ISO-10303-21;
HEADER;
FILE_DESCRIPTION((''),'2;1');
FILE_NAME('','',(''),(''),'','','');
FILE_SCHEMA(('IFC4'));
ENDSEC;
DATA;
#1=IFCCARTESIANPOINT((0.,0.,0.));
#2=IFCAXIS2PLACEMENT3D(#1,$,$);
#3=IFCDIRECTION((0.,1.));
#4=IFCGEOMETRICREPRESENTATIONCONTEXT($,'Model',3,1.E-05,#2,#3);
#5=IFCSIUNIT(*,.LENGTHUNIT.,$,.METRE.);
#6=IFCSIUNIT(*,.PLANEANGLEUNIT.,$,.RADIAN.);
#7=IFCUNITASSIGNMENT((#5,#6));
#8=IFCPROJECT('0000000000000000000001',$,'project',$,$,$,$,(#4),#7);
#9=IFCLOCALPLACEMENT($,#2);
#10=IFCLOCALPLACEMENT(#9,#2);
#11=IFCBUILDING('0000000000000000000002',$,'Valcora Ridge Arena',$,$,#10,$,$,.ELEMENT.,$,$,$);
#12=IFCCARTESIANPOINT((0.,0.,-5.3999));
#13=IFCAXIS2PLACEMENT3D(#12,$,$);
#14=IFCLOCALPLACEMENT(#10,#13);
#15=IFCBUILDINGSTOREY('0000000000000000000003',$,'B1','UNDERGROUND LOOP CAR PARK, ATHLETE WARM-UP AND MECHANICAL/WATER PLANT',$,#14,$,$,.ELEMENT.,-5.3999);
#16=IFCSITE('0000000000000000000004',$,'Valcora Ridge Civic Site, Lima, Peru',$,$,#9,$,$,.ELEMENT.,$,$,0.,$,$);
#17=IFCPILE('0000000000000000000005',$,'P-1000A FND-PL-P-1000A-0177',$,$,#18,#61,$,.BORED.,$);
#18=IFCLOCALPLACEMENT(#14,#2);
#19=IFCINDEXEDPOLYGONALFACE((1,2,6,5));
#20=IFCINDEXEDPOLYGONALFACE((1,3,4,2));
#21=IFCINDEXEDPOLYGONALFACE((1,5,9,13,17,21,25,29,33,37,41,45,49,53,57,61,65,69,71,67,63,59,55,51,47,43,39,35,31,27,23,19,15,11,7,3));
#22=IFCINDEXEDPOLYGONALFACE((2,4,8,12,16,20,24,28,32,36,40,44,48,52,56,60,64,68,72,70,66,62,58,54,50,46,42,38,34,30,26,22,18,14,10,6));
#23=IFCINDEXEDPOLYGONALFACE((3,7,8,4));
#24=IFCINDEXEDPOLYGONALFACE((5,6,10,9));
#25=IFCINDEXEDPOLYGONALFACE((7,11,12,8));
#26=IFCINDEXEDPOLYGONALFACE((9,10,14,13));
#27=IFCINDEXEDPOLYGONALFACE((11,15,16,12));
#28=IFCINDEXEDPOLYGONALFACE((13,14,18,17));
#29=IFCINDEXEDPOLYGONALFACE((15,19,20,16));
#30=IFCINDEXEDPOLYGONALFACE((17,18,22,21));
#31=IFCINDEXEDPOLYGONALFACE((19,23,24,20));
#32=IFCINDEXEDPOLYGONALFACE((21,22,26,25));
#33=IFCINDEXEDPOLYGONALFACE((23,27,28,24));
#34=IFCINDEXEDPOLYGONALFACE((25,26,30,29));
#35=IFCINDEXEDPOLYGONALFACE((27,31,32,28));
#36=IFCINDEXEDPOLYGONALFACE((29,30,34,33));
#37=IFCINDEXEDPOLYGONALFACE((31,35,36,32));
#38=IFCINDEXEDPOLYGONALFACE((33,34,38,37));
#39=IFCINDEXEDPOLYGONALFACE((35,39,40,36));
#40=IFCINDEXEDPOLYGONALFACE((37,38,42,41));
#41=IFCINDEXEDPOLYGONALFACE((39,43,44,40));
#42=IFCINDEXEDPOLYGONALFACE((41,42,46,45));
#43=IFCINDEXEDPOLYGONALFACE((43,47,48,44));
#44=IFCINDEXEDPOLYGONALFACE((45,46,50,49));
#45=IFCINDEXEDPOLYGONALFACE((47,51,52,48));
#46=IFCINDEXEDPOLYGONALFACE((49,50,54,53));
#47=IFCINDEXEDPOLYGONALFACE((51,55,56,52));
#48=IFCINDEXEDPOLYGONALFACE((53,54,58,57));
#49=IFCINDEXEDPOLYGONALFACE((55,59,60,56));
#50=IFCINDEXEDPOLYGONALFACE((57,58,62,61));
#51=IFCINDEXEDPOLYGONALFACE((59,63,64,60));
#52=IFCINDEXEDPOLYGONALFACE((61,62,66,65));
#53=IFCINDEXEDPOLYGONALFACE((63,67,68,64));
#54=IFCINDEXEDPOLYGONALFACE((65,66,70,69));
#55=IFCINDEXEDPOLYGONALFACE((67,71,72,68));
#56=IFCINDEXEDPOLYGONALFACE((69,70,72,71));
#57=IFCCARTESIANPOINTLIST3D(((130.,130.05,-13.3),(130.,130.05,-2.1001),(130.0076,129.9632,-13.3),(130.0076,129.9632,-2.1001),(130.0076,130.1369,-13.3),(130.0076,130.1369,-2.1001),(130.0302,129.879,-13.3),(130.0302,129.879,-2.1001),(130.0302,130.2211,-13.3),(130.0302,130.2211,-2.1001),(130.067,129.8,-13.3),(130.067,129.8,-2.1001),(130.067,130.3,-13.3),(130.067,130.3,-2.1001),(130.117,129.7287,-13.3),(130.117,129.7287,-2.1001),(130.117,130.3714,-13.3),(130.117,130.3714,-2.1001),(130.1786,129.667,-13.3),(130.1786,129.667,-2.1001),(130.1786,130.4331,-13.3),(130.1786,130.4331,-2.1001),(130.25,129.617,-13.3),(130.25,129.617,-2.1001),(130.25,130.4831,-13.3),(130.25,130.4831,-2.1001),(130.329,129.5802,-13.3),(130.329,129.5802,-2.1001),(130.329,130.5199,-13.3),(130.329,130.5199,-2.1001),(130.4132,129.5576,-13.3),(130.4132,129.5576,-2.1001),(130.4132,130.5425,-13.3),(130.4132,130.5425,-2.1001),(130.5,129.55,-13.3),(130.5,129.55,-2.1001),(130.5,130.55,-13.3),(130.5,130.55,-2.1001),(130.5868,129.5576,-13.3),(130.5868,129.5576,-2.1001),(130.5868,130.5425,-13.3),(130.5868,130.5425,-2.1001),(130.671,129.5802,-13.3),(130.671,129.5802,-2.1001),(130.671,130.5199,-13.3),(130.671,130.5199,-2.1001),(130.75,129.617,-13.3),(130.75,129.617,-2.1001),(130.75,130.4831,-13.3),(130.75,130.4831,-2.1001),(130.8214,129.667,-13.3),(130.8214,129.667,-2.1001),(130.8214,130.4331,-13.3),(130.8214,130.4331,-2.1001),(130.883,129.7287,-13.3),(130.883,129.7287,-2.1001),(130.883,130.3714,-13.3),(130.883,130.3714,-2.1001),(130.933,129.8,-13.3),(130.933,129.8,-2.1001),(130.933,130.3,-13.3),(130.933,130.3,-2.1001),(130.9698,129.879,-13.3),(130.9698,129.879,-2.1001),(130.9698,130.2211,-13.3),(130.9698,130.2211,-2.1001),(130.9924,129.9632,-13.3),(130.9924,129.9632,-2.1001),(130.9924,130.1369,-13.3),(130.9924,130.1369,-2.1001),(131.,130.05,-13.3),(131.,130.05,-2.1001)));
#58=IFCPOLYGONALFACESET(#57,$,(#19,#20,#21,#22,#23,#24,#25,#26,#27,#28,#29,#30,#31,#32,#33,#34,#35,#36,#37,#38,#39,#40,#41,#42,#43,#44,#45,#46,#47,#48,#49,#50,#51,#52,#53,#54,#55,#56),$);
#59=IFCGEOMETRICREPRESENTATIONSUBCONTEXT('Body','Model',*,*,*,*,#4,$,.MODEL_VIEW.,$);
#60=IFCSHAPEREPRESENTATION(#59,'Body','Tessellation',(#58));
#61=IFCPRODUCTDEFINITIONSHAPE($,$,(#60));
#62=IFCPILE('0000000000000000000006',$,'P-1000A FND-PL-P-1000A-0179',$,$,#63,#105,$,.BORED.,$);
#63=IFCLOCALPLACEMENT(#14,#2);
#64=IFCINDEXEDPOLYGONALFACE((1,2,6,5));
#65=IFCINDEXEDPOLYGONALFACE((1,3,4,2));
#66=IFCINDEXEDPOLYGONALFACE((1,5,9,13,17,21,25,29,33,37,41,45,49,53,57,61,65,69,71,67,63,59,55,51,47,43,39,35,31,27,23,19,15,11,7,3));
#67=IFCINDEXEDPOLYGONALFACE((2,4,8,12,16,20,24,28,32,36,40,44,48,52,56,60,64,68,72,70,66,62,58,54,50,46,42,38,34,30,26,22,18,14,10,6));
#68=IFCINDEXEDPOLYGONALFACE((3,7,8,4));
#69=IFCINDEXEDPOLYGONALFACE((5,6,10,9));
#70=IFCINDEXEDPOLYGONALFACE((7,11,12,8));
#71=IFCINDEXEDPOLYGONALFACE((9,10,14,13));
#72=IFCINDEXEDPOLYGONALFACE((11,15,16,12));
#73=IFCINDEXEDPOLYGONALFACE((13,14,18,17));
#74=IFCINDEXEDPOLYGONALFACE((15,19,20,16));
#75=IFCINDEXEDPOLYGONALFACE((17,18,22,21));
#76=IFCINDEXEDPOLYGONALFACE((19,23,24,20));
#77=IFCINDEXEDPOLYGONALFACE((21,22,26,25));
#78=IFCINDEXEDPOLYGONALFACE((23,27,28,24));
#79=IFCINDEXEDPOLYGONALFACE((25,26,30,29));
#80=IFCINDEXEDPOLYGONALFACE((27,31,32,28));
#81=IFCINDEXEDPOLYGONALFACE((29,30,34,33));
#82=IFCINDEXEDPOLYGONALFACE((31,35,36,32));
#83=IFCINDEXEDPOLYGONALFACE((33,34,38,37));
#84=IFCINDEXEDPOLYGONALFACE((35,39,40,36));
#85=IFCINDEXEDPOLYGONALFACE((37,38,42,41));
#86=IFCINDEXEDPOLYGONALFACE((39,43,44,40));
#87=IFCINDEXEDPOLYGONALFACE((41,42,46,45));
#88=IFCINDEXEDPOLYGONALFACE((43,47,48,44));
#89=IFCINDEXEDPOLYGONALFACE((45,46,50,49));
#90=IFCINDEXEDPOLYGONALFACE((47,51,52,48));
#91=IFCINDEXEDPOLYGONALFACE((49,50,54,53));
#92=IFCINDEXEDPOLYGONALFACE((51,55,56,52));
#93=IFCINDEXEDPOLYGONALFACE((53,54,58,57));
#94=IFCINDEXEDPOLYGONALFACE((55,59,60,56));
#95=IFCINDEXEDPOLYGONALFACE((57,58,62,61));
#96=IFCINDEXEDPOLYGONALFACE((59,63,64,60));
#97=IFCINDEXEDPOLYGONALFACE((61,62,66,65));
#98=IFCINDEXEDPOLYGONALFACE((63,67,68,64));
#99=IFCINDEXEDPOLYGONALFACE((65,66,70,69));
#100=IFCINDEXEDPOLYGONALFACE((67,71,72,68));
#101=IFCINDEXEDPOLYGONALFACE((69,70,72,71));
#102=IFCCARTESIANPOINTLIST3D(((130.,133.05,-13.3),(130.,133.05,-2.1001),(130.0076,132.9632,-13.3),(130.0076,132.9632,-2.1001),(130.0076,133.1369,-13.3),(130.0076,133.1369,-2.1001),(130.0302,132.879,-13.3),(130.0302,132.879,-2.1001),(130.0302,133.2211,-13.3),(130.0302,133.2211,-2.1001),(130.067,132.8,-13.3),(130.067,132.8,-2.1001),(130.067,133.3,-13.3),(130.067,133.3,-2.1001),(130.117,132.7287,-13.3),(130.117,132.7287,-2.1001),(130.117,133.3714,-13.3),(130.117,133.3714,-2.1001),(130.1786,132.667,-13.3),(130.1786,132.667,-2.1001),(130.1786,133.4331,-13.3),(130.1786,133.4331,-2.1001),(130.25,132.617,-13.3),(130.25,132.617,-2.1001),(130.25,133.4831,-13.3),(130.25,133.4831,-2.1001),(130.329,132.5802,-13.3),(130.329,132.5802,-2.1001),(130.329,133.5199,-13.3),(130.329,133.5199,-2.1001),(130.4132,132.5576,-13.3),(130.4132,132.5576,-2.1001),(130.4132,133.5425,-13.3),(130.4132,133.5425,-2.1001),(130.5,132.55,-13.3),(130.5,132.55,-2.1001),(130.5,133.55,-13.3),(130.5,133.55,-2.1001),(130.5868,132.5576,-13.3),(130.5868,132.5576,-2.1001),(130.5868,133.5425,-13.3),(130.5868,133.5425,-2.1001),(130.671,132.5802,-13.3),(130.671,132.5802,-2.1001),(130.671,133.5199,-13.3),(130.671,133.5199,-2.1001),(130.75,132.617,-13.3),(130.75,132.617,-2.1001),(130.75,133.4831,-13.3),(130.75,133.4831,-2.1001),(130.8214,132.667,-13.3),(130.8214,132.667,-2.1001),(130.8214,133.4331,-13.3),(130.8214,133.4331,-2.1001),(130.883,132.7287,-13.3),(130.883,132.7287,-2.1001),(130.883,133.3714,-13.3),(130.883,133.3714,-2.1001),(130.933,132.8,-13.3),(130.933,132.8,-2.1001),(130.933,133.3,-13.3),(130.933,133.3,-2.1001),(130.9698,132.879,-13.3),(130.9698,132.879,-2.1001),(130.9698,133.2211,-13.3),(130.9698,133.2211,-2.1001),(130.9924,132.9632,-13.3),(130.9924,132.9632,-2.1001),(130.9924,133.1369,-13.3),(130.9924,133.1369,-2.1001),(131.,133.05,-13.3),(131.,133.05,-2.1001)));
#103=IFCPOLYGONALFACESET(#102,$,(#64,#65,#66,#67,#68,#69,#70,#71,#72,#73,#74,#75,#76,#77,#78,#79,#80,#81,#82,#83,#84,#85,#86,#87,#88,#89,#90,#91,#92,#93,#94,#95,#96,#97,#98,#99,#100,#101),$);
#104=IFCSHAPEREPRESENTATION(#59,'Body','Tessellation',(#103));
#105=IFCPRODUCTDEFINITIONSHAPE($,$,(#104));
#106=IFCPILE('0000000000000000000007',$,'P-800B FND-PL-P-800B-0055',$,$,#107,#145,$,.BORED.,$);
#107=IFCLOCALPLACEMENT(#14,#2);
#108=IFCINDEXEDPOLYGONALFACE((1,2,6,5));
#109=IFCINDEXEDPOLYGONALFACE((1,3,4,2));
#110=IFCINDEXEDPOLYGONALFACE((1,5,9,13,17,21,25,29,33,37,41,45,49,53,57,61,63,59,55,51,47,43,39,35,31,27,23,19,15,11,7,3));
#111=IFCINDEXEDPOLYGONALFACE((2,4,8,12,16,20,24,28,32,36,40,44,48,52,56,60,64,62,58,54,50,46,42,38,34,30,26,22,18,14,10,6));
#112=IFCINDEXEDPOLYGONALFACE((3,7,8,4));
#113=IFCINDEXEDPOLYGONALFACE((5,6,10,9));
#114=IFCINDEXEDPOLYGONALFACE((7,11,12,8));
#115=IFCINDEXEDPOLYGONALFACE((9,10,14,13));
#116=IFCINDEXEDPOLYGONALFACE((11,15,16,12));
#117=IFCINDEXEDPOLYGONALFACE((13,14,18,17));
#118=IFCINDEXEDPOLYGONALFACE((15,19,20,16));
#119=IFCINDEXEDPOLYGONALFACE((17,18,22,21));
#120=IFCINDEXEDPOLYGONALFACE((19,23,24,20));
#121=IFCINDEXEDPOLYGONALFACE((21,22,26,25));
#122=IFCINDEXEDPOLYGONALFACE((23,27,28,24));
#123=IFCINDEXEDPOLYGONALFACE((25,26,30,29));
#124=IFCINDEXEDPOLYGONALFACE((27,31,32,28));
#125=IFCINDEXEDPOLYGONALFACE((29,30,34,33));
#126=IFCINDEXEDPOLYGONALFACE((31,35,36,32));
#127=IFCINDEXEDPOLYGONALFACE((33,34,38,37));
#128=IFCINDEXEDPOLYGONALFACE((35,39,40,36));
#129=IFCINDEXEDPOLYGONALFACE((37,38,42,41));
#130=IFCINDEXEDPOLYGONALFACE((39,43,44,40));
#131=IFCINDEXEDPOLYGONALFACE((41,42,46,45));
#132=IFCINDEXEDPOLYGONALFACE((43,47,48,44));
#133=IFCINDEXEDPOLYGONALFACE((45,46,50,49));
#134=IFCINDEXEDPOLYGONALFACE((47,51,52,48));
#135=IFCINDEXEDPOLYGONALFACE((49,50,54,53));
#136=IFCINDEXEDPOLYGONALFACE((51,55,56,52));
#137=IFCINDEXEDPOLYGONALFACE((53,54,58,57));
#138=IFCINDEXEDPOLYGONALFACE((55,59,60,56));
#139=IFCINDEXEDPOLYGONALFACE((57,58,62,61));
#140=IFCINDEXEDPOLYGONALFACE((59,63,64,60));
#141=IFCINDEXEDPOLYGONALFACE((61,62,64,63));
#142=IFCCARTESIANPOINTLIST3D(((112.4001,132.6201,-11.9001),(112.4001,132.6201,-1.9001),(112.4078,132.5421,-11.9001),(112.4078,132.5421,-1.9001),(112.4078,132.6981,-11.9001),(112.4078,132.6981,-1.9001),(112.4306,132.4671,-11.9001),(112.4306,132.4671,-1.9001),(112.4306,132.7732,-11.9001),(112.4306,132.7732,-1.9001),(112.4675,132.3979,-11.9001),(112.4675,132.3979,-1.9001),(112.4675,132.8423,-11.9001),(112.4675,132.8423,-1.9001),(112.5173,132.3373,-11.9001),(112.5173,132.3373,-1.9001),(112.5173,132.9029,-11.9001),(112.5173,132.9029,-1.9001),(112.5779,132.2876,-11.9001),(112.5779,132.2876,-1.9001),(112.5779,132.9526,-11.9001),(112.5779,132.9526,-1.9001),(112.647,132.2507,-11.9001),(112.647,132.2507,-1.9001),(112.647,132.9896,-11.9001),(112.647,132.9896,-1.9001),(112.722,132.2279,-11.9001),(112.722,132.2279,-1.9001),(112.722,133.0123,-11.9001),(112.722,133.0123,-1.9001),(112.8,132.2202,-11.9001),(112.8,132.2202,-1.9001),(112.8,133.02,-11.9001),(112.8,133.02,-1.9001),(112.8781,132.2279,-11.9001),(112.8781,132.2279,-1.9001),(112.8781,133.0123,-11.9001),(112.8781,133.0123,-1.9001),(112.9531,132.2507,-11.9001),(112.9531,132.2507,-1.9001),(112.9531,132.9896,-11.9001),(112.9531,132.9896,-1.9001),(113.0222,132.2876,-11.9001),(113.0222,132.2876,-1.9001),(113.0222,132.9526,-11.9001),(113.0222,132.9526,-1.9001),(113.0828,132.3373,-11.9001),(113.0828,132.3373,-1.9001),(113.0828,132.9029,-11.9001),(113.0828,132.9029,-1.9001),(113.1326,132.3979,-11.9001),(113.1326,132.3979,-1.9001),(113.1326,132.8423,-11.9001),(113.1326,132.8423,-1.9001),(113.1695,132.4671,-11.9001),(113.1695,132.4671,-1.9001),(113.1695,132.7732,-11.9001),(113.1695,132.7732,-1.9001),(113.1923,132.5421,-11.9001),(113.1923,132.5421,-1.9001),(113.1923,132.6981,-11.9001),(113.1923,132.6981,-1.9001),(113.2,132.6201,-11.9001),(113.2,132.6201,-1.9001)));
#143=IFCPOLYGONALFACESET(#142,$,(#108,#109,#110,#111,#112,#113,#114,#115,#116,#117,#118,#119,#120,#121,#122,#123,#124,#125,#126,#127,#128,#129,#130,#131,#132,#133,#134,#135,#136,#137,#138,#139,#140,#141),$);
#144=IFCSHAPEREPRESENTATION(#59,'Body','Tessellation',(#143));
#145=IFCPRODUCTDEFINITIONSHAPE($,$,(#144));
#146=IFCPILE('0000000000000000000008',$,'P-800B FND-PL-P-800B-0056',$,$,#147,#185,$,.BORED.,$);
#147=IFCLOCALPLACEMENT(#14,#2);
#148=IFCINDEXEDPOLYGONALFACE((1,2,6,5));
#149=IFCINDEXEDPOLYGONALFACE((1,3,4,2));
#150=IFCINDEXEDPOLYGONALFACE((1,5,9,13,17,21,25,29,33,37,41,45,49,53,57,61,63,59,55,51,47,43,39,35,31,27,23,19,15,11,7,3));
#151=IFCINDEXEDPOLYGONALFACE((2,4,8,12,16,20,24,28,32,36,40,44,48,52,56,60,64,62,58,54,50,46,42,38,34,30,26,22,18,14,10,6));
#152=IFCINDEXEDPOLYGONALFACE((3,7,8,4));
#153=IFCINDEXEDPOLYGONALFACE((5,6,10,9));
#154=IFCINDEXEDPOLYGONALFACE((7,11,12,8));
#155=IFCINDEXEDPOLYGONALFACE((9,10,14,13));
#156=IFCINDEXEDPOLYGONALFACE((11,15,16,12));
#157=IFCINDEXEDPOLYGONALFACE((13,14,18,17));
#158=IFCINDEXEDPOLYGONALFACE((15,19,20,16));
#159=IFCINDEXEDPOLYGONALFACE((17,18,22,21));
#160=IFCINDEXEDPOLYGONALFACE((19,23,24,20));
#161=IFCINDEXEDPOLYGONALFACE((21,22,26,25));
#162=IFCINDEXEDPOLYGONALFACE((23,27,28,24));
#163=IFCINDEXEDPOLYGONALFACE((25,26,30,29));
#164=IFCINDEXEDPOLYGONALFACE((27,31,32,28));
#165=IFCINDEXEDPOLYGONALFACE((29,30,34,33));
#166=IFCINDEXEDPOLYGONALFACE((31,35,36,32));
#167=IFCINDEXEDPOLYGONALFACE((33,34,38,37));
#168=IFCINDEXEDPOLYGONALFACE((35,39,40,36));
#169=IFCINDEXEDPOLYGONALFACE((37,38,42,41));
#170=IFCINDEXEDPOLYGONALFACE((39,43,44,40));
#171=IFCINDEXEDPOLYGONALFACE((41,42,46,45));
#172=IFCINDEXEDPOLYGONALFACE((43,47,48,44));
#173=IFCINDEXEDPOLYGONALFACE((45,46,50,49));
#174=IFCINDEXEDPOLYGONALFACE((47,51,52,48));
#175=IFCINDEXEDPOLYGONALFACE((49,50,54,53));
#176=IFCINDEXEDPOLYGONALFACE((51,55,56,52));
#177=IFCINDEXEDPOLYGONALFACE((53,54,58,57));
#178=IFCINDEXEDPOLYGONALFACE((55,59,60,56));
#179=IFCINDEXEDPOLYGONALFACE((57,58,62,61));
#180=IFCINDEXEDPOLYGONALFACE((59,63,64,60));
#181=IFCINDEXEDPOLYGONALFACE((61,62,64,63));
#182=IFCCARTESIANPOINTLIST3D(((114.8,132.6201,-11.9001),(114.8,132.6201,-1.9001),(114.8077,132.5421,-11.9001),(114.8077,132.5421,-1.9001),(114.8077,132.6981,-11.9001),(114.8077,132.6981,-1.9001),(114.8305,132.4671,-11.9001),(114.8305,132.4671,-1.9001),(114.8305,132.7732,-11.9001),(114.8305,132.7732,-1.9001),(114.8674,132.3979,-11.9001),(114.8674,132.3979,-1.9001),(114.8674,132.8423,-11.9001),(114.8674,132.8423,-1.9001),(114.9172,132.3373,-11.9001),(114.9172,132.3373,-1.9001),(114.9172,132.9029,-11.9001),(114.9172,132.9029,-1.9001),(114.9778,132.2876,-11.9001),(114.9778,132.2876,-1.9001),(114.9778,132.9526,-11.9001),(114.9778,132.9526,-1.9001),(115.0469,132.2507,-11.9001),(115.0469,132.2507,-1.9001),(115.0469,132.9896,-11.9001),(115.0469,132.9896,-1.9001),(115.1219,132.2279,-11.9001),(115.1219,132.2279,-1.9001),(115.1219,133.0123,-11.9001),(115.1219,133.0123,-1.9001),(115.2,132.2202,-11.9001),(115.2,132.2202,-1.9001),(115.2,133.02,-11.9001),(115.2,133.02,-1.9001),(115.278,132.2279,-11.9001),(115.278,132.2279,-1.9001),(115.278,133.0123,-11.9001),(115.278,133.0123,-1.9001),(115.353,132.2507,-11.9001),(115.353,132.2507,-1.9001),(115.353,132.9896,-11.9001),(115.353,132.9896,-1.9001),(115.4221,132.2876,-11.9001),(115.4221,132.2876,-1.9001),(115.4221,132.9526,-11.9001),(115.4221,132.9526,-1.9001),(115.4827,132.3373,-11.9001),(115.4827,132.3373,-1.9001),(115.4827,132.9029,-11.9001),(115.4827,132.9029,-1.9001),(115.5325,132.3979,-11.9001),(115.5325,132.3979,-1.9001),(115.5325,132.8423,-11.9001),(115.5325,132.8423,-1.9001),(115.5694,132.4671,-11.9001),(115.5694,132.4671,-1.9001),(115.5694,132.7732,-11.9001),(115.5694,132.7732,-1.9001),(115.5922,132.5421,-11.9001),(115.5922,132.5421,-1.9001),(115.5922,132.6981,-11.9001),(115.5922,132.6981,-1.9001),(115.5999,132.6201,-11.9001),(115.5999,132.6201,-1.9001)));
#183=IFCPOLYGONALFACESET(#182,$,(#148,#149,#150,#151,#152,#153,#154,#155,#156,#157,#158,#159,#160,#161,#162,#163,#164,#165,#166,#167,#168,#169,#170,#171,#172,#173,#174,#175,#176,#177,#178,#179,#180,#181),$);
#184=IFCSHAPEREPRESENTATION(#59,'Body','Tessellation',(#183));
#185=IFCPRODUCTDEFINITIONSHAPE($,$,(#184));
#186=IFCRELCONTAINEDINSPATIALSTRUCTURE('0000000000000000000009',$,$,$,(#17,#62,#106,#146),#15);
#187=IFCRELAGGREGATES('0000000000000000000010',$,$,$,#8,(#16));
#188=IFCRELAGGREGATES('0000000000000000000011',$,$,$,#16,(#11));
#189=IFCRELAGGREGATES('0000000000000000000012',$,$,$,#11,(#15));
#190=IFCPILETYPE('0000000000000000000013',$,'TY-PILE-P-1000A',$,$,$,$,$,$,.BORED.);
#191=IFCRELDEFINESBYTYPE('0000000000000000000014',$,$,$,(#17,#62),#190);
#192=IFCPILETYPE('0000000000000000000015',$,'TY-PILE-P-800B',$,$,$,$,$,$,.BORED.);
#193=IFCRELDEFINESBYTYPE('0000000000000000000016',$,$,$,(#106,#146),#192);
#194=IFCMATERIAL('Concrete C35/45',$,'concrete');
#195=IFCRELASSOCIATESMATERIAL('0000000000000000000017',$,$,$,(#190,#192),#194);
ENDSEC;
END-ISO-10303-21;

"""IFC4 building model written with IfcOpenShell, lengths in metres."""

from ifc_helpers import new_model, si_unit, direction, frame, origin, origin_2d, place, context, subcontext, project, spatial, circle, extrude, material, material_profile, profile_set, type_object, element, save


model = new_model("IFC4")

# Units and contexts
model_context = context("Model", 3, precision=1e-05, world=origin(), true_north=direction((0.0, 1.0)))
body_context = subcontext(model_context, "Body", "Model", "MODEL_VIEW")
ifc_project = project(units=[si_unit("LENGTHUNIT", "METRE"), si_unit("PLANEANGLEUNIT", "RADIAN")], contexts=[model_context])

# Site, building, storey
site_placement = place(None, origin())
site = spatial("IfcSite", under=ifc_project, at=site_placement, Name="Valcora Ridge Civic Site, Lima, Peru", CompositionType="ELEMENT", RefElevation=0.0)
building_placement = place(site_placement, origin())
building = spatial("IfcBuilding", under=site, at=building_placement, Name="Valcora Ridge Arena", CompositionType="ELEMENT")
storey_placement = place(building_placement, frame((0.0, 0.0, -5.3999)))
storey = spatial("IfcBuildingStorey", under=building, at=storey_placement, Name="B1", Description="UNDERGROUND LOOP CAR PARK, ATHLETE WARM-UP AND MECHANICAL/WATER PLANT", CompositionType="ELEMENT", Elevation=-5.3999)

# Piles
ifc_material_1 = material(Name="Concrete C35/45", Category="concrete")
ifc_material_profile_1 = material_profile(ifc_material_1, circle(Radius=0.5, at=origin_2d()), Name="BORED PILE D1000")
ifc_profile_set_1 = profile_set([ifc_material_profile_1], Name="Concrete C35/45")
pile_type_1 = type_object("IfcPileType", Name="TY-PILE-P-1000A", PredefinedType="BORED", material=ifc_profile_set_1)
for number, where, z_axis, x_axis, name in (
    (1, (130.5, 130.05, -2.1001), (0.0, 0.0, -1.0), (1.0, 0.0, 0.0), "P-1000A FND-PL-P-1000A-0177"),
    (2, (130.5, 133.05, -2.1001), (0.0, 0.0, -1.0), (1.0, 0.0, 0.0), "P-1000A FND-PL-P-1000A-0179"),
):
    element("IfcPile", number, at=place(storey_placement, frame(where, z_axis=z_axis, x_axis=x_axis)), inside=storey, type_object=pile_type_1, Name=name, PredefinedType="BORED", context=body_context, shape_type="SweptSolid", body=[
        extrude(circle(Radius=0.5, at=origin_2d()), origin(), (0.0, 0.0, 1.0), 11.2),
    ])
ifc_material_profile_2 = material_profile(ifc_material_1, circle(Radius=0.3999, at=origin_2d()), Name="BORED PILE D800")
ifc_profile_set_2 = profile_set([ifc_material_profile_2], Name="Concrete C35/45")
pile_type_2 = type_object("IfcPileType", Name="TY-PILE-P-800B", PredefinedType="BORED", material=ifc_profile_set_2)
for number, where, z_axis, x_axis, name in (
    (3, (112.8, 132.6201, -1.9001), (0.0, 0.0, -1.0), (1.0, 0.0, 0.0), "P-800B FND-PL-P-800B-0055"),
    (4, (115.2, 132.6201, -1.9001), (0.0, 0.0, -1.0), (1.0, 0.0, 0.0), "P-800B FND-PL-P-800B-0056"),
):
    element("IfcPile", number, at=place(storey_placement, frame(where, z_axis=z_axis, x_axis=x_axis)), inside=storey, type_object=pile_type_2, Name=name, PredefinedType="BORED", context=body_context, shape_type="SweptSolid", body=[
        extrude(circle(Radius=0.3999, at=origin_2d()), origin(), (0.0, 0.0, 1.0), 10.0),
    ])

save(model, "model.ifc")
